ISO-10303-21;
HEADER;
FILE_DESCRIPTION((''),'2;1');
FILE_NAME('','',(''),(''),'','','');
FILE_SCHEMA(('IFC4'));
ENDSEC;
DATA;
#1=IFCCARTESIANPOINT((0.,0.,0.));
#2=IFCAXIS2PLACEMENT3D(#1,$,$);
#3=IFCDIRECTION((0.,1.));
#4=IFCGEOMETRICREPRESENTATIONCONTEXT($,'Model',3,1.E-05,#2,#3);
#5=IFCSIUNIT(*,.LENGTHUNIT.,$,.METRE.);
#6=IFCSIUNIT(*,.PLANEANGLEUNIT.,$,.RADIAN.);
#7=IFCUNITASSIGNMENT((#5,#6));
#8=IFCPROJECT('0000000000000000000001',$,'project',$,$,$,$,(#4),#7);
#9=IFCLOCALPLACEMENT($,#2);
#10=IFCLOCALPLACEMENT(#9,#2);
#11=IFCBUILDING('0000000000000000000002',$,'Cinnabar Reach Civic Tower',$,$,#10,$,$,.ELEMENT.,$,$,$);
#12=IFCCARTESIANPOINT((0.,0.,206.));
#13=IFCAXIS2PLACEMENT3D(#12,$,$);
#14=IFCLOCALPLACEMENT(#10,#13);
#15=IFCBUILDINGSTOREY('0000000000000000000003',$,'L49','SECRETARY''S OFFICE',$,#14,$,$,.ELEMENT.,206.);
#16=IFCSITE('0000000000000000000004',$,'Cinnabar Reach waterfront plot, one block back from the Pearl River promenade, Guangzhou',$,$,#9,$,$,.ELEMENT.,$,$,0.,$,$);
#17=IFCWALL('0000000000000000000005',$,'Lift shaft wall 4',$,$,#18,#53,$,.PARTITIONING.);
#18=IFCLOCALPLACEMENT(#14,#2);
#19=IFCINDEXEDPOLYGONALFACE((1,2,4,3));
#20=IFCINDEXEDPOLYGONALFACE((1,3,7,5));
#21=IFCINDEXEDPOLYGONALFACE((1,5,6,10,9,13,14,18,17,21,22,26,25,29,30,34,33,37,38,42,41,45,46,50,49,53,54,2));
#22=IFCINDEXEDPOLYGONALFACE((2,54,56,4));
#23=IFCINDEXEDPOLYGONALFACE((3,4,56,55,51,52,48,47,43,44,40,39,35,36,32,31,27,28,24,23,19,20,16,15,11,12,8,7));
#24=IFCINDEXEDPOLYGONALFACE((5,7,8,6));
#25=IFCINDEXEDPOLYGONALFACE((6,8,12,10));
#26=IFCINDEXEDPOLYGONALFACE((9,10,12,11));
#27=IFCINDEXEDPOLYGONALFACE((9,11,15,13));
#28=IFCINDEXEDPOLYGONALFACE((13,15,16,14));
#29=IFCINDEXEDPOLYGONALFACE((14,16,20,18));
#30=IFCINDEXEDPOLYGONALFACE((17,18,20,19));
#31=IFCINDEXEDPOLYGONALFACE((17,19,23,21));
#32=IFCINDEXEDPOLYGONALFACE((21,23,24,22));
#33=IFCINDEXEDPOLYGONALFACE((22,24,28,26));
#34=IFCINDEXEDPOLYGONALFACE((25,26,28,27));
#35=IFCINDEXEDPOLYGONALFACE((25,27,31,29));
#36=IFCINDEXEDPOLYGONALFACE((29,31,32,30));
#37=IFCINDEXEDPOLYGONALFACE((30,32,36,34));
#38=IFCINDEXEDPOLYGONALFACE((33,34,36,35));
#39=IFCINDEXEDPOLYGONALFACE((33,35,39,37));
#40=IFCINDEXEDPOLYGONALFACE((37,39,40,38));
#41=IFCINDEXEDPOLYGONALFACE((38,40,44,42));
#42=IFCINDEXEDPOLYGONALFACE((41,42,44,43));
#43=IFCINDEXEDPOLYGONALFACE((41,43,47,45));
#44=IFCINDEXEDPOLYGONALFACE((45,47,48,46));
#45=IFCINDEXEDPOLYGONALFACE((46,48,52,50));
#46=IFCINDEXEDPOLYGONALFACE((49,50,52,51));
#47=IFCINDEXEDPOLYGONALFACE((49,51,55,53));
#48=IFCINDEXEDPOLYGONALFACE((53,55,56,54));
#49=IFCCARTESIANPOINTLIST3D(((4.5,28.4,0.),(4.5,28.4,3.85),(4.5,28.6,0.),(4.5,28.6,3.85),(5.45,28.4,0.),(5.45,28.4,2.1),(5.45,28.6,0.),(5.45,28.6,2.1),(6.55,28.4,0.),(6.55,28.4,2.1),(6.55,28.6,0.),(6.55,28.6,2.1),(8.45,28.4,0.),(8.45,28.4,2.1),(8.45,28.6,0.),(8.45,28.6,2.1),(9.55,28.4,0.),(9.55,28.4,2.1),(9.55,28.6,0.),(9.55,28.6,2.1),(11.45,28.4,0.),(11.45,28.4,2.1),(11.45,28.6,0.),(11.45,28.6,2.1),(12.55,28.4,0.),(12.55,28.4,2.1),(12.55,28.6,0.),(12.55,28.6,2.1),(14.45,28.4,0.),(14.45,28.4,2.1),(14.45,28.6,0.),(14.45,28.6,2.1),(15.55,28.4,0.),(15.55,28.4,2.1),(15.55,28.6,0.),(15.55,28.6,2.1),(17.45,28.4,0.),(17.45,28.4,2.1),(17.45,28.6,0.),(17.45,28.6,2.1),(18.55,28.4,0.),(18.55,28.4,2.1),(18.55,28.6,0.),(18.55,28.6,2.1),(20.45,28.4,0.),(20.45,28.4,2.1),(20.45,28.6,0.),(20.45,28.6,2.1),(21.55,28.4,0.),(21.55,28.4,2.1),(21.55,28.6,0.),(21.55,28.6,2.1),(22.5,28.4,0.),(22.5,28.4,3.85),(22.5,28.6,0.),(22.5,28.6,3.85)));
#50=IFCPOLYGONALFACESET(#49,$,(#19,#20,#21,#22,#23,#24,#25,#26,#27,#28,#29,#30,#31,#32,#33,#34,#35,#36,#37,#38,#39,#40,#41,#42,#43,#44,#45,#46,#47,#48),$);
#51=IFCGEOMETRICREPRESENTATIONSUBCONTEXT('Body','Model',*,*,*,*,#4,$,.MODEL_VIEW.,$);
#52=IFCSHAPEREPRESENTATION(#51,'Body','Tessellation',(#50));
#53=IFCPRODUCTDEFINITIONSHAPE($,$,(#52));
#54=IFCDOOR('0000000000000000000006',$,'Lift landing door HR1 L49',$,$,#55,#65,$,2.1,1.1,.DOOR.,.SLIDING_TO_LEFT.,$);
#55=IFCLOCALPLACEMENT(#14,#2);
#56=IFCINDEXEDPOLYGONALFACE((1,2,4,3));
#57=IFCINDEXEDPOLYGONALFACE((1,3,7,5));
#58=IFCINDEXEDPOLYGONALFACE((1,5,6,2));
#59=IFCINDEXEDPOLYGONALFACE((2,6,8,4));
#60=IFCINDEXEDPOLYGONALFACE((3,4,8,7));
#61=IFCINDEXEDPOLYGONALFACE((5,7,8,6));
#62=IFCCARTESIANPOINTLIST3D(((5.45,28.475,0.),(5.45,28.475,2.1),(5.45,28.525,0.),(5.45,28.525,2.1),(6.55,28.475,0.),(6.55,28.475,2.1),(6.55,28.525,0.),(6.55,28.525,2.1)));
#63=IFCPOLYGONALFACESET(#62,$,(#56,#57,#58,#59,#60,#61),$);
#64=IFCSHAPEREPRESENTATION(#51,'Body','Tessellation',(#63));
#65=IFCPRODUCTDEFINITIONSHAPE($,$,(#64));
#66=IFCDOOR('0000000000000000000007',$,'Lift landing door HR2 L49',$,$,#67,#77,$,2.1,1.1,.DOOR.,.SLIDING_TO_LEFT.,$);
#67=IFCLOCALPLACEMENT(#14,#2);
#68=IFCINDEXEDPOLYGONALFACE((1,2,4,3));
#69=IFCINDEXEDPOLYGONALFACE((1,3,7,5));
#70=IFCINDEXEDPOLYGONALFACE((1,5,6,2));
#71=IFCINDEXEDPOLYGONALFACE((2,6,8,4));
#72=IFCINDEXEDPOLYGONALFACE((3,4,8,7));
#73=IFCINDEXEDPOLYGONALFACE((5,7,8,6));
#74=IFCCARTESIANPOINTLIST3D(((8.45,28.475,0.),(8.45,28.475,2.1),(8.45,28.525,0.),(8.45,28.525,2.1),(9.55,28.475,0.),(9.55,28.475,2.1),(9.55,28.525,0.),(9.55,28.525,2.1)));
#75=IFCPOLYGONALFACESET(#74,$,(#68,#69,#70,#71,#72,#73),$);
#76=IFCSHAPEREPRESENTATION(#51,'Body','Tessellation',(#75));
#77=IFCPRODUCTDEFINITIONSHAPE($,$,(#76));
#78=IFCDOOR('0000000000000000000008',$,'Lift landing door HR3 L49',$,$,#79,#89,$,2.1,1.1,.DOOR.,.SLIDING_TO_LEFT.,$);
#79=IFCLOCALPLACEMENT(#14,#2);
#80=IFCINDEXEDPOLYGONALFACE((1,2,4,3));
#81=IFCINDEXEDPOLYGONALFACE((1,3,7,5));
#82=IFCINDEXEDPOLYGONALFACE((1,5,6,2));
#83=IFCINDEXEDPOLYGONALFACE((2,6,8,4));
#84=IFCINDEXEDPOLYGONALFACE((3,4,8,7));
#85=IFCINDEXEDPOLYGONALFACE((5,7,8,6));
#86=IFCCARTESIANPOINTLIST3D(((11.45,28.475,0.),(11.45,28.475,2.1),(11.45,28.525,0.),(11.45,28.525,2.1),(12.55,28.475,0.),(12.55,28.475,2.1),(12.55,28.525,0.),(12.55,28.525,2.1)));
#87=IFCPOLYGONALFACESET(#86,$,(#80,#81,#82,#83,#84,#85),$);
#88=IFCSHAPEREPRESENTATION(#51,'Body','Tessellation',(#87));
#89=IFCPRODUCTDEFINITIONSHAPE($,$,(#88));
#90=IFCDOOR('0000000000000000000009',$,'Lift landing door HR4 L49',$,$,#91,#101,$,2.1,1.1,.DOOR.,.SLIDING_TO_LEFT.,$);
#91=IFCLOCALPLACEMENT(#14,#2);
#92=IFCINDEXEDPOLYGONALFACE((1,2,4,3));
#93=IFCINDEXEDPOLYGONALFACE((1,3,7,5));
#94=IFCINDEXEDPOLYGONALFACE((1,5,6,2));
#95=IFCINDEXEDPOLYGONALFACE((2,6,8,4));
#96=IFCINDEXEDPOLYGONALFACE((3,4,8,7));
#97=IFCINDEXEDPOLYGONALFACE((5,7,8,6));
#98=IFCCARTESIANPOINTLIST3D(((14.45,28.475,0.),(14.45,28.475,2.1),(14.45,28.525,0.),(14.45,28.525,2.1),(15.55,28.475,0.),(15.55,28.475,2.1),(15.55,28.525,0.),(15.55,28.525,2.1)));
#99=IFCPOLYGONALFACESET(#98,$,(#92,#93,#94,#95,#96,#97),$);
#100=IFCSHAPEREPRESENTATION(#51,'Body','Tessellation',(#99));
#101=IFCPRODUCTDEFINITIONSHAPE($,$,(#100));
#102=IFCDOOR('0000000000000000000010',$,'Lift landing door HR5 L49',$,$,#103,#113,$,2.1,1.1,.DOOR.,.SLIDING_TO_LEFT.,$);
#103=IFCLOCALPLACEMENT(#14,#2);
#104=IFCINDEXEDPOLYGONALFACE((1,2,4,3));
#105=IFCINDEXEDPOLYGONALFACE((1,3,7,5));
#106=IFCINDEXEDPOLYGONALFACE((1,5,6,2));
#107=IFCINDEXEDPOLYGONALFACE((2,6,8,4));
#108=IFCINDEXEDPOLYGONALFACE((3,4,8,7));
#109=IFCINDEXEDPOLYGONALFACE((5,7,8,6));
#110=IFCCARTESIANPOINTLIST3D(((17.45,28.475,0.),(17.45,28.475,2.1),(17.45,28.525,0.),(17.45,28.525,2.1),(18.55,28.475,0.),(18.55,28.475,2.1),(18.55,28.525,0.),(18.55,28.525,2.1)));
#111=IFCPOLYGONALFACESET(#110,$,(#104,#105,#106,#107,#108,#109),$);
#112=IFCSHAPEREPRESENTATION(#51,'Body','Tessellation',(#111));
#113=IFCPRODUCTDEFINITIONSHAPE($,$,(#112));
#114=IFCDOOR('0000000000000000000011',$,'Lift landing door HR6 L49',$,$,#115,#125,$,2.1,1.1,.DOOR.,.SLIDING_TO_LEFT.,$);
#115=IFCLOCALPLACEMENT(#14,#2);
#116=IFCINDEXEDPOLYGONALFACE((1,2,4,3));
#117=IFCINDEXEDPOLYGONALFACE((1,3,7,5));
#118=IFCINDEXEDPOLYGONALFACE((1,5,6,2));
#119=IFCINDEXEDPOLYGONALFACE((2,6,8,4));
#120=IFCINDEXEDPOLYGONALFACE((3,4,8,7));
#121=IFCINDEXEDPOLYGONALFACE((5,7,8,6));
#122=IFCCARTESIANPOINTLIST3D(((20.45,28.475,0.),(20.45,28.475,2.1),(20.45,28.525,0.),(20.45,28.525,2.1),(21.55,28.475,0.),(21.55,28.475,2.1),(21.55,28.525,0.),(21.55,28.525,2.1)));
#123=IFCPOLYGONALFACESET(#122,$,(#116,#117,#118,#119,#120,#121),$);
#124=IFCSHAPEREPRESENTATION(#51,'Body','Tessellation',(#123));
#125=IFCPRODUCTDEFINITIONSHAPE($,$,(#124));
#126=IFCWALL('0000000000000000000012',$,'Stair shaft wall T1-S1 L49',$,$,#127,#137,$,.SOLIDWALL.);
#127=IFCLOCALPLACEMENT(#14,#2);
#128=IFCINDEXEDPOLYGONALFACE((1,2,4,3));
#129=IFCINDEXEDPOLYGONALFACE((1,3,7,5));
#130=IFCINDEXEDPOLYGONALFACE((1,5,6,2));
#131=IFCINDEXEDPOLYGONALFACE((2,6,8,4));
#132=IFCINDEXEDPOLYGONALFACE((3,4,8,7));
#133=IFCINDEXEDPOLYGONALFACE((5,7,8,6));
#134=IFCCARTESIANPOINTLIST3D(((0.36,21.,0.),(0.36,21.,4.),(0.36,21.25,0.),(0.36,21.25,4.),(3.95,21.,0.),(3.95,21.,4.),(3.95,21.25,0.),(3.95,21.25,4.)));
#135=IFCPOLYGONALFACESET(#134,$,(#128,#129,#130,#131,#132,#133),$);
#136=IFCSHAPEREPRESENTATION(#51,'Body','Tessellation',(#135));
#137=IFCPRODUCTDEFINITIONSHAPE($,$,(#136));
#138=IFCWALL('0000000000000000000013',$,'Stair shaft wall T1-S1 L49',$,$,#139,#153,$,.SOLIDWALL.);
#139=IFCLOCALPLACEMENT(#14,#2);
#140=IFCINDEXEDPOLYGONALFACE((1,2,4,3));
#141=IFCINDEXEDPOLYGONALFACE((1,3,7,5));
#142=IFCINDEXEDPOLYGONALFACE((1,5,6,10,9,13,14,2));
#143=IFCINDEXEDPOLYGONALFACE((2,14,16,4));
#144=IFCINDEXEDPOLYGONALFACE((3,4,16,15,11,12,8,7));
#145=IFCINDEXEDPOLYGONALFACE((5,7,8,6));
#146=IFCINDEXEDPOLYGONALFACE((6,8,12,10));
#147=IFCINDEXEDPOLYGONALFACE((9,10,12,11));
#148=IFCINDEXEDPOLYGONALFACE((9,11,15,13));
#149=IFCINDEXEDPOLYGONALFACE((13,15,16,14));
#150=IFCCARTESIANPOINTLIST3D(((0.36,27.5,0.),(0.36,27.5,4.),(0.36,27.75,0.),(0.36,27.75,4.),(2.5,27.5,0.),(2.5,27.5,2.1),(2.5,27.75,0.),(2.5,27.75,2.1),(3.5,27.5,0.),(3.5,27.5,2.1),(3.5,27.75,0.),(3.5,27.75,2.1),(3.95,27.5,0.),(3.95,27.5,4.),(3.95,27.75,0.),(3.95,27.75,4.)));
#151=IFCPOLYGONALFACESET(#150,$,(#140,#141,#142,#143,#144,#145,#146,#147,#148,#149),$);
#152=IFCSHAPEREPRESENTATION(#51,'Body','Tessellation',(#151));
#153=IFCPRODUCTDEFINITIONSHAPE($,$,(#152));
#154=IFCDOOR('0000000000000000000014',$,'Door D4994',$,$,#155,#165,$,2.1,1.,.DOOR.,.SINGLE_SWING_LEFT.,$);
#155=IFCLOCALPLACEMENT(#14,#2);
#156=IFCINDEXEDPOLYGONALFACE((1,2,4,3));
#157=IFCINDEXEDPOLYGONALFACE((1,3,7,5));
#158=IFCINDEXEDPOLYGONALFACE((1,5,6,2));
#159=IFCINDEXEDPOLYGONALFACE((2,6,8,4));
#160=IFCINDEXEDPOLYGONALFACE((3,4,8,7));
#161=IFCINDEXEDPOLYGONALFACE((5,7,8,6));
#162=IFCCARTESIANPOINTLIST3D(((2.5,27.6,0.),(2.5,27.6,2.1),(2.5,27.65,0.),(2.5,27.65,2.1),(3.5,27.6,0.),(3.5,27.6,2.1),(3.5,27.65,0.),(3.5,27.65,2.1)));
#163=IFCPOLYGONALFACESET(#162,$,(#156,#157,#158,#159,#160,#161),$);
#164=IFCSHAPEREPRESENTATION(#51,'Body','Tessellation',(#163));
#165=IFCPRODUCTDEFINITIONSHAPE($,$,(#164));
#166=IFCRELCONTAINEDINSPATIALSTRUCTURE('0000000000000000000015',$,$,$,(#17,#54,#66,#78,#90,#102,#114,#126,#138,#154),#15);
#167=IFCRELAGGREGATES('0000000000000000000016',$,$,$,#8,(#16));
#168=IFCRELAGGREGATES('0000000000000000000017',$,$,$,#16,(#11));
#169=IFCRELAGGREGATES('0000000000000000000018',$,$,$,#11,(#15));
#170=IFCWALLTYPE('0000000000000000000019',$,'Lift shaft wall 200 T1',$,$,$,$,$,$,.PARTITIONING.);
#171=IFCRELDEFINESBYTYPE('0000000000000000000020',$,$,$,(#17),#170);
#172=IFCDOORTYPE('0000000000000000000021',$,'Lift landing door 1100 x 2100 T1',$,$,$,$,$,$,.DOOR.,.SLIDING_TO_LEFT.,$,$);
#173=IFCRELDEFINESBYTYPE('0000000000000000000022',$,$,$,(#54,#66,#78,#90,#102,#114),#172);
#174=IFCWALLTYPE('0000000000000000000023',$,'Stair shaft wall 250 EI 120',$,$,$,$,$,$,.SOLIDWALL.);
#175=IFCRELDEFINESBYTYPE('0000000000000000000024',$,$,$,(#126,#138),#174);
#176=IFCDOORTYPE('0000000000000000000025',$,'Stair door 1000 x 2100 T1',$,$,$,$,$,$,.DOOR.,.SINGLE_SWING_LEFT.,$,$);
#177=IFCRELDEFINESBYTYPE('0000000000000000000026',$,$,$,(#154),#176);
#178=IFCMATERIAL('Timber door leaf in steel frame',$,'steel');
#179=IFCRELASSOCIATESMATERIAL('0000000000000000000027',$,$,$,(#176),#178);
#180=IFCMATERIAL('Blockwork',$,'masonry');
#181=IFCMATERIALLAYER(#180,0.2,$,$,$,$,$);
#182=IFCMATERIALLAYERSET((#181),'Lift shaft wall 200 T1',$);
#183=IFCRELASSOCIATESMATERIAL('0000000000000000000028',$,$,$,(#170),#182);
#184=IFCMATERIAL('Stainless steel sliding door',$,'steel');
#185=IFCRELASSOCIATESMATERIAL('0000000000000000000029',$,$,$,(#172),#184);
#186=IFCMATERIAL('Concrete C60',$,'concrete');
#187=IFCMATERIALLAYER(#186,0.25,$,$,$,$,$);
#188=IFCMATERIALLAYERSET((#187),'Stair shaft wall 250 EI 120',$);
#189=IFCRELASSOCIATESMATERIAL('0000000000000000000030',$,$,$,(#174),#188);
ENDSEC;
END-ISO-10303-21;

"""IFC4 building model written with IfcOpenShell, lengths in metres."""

from ifc_helpers import new_model, si_unit, direction, frame, frame_2d, origin, place, context, subcontext, project, spatial, rectangle, extrude, material, layer, layer_set, type_object, element, fill, save


model = new_model("IFC4")

# Units and contexts
model_context = context("Model", 3, precision=1e-05, world=origin(), true_north=direction((0.0, 1.0)))
body_context = subcontext(model_context, "Body", "Model", "MODEL_VIEW")
ifc_project = project(units=[si_unit("LENGTHUNIT", "METRE"), si_unit("PLANEANGLEUNIT", "RADIAN")], contexts=[model_context])

# Site, building, storey
site_placement = place(None, origin())
site = spatial("IfcSite", under=ifc_project, at=site_placement, Name="Cinnabar Reach waterfront plot, one block back from the Pearl River promenade, Guangzhou", CompositionType="ELEMENT", RefElevation=0.0)
building_placement = place(site_placement, origin())
building = spatial("IfcBuilding", under=site, at=building_placement, Name="Cinnabar Reach Civic Tower", CompositionType="ELEMENT")
storey_placement = place(building_placement, frame((0.0, 0.0, 206.0)))
storey = spatial("IfcBuildingStorey", under=building, at=storey_placement, Name="L49", Description="SECRETARY'S OFFICE", CompositionType="ELEMENT", Elevation=206.0)

# Shared definitions
ifc_material_1 = material(Name="Concrete C60", Category="concrete")

# Shared definitions
ifc_material_2 = material(Name="Timber door leaf in steel frame", Category="steel")
door_type_1 = type_object("IfcDoorType", Name="Stair door 1000 x 2100 T1", OperationType="SINGLE_SWING_LEFT", PredefinedType="DOOR", material=ifc_material_2)

# Wall, openings, doors
ifc_material_3 = material(Name="Blockwork", Category="masonry")
ifc_layer_1 = layer(ifc_material_3, 0.2)
ifc_layer_set_1 = layer_set([ifc_layer_1], Name="Lift shaft wall 200 T1")
wall_type_1 = type_object("IfcWallType", Name="Lift shaft wall 200 T1", PredefinedType="PARTITIONING", material=ifc_layer_set_1)
wall_1_placement = place(storey_placement, frame((4.5, 28.5, 0.0), z_axis=(0.0, 0.0, 1.0), x_axis=(1.0, 0.0, 0.0)))
wall_1 = element("IfcWall", 1, at=wall_1_placement, inside=storey, type_object=wall_type_1, Name="Lift shaft wall 4", PredefinedType="PARTITIONING", context=body_context, shape_type="SweptSolid", body=[
    extrude(rectangle(XDim=18.0, YDim=0.2, at=frame_2d((9.0, 0.0))), origin(), (0.0, 0.0, 1.0), 3.85),
])
opening_1_placement = place(wall_1_placement, frame((0.95, 0.0, 0.0)))
opening_1 = element("IfcOpeningElement", 2, at=opening_1_placement, cuts=wall_1, PredefinedType="OPENING", context=body_context, shape_type="SweptSolid", body=[
    extrude(rectangle(XDim=1.1, YDim=2.1, at=frame_2d((0.55, 1.05))), frame((0.0, 0.11, 0.0), z_axis=(0.0, -1.0, 0.0), x_axis=(1.0, 0.0, 0.0)), (0.0, 0.0, 1.0), 0.22),
])
opening_2_placement = place(wall_1_placement, frame((3.95, 0.0, 0.0)))
opening_2 = element("IfcOpeningElement", 3, at=opening_2_placement, cuts=wall_1, PredefinedType="OPENING", context=body_context, shape_type="SweptSolid", body=[
    extrude(rectangle(XDim=1.1, YDim=2.1, at=frame_2d((0.55, 1.05))), frame((0.0, 0.11, 0.0), z_axis=(0.0, -1.0, 0.0), x_axis=(1.0, 0.0, 0.0)), (0.0, 0.0, 1.0), 0.22),
])
opening_3_placement = place(wall_1_placement, frame((6.95, 0.0, 0.0)))
opening_3 = element("IfcOpeningElement", 4, at=opening_3_placement, cuts=wall_1, PredefinedType="OPENING", context=body_context, shape_type="SweptSolid", body=[
    extrude(rectangle(XDim=1.1, YDim=2.1, at=frame_2d((0.55, 1.05))), frame((0.0, 0.11, 0.0), z_axis=(0.0, -1.0, 0.0), x_axis=(1.0, 0.0, 0.0)), (0.0, 0.0, 1.0), 0.22),
])
opening_4_placement = place(wall_1_placement, frame((9.95, 0.0, 0.0)))
opening_4 = element("IfcOpeningElement", 5, at=opening_4_placement, cuts=wall_1, PredefinedType="OPENING", context=body_context, shape_type="SweptSolid", body=[
    extrude(rectangle(XDim=1.1, YDim=2.1, at=frame_2d((0.55, 1.05))), frame((0.0, 0.11, 0.0), z_axis=(0.0, -1.0, 0.0), x_axis=(1.0, 0.0, 0.0)), (0.0, 0.0, 1.0), 0.22),
])
opening_5_placement = place(wall_1_placement, frame((12.95, 0.0, 0.0)))
opening_5 = element("IfcOpeningElement", 6, at=opening_5_placement, cuts=wall_1, PredefinedType="OPENING", context=body_context, shape_type="SweptSolid", body=[
    extrude(rectangle(XDim=1.1, YDim=2.1, at=frame_2d((0.55, 1.05))), frame((0.0, 0.11, 0.0), z_axis=(0.0, -1.0, 0.0), x_axis=(1.0, 0.0, 0.0)), (0.0, 0.0, 1.0), 0.22),
])
opening_6_placement = place(wall_1_placement, frame((15.95, 0.0, 0.0)))
opening_6 = element("IfcOpeningElement", 7, at=opening_6_placement, cuts=wall_1, PredefinedType="OPENING", context=body_context, shape_type="SweptSolid", body=[
    extrude(rectangle(XDim=1.1, YDim=2.1, at=frame_2d((0.55, 1.05))), frame((0.0, 0.11, 0.0), z_axis=(0.0, -1.0, 0.0), x_axis=(1.0, 0.0, 0.0)), (0.0, 0.0, 1.0), 0.22),
])
ifc_material_4 = material(Name="Stainless steel sliding door", Category="steel")
door_type_2 = type_object("IfcDoorType", Name="Lift landing door 1100 x 2100 T1", OperationType="SLIDING_TO_LEFT", PredefinedType="DOOR", material=ifc_material_4)
door_1_placement = place(opening_1_placement, origin())
door_1 = element("IfcDoor", 8, at=door_1_placement, inside=storey, type_object=door_type_2, Name="Lift landing door HR1 L49", OperationType="SLIDING_TO_LEFT", OverallHeight=2.1, OverallWidth=1.1, PredefinedType="DOOR", context=body_context, shape_type="SweptSolid", body=[
    extrude(rectangle(XDim=1.1, YDim=2.1, at=frame_2d((0.55, 1.05))), frame((0.0, 0.025, 0.0), z_axis=(0.0, -1.0, 0.0), x_axis=(1.0, 0.0, 0.0)), (0.0, 0.0, 1.0), 0.05),
])
fill(opening_1, door_1)
door_2_placement = place(opening_2_placement, origin())
door_2 = element("IfcDoor", 9, at=door_2_placement, inside=storey, type_object=door_type_2, Name="Lift landing door HR2 L49", OperationType="SLIDING_TO_LEFT", OverallHeight=2.1, OverallWidth=1.1, PredefinedType="DOOR", context=body_context, shape_type="SweptSolid", body=[
    extrude(rectangle(XDim=1.1, YDim=2.1, at=frame_2d((0.55, 1.05))), frame((0.0, 0.025, 0.0), z_axis=(0.0, -1.0, 0.0), x_axis=(1.0, 0.0, 0.0)), (0.0, 0.0, 1.0), 0.05),
])
fill(opening_2, door_2)
door_3_placement = place(opening_3_placement, origin())
door_3 = element("IfcDoor", 10, at=door_3_placement, inside=storey, type_object=door_type_2, Name="Lift landing door HR3 L49", OperationType="SLIDING_TO_LEFT", OverallHeight=2.1, OverallWidth=1.1, PredefinedType="DOOR", context=body_context, shape_type="SweptSolid", body=[
    extrude(rectangle(XDim=1.1, YDim=2.1, at=frame_2d((0.55, 1.05))), frame((0.0, 0.025, 0.0), z_axis=(0.0, -1.0, 0.0), x_axis=(1.0, 0.0, 0.0)), (0.0, 0.0, 1.0), 0.05),
])
fill(opening_3, door_3)
door_4_placement = place(opening_4_placement, origin())
door_4 = element("IfcDoor", 11, at=door_4_placement, inside=storey, type_object=door_type_2, Name="Lift landing door HR4 L49", OperationType="SLIDING_TO_LEFT", OverallHeight=2.1, OverallWidth=1.1, PredefinedType="DOOR", context=body_context, shape_type="SweptSolid", body=[
    extrude(rectangle(XDim=1.1, YDim=2.1, at=frame_2d((0.55, 1.05))), frame((0.0, 0.025, 0.0), z_axis=(0.0, -1.0, 0.0), x_axis=(1.0, 0.0, 0.0)), (0.0, 0.0, 1.0), 0.05),
])
fill(opening_4, door_4)
door_5_placement = place(opening_5_placement, origin())
door_5 = element("IfcDoor", 12, at=door_5_placement, inside=storey, type_object=door_type_2, Name="Lift landing door HR5 L49", OperationType="SLIDING_TO_LEFT", OverallHeight=2.1, OverallWidth=1.1, PredefinedType="DOOR", context=body_context, shape_type="SweptSolid", body=[
    extrude(rectangle(XDim=1.1, YDim=2.1, at=frame_2d((0.55, 1.05))), frame((0.0, 0.025, 0.0), z_axis=(0.0, -1.0, 0.0), x_axis=(1.0, 0.0, 0.0)), (0.0, 0.0, 1.0), 0.05),
])
fill(opening_5, door_5)
door_6_placement = place(opening_6_placement, origin())
door_6 = element("IfcDoor", 13, at=door_6_placement, inside=storey, type_object=door_type_2, Name="Lift landing door HR6 L49", OperationType="SLIDING_TO_LEFT", OverallHeight=2.1, OverallWidth=1.1, PredefinedType="DOOR", context=body_context, shape_type="SweptSolid", body=[
    extrude(rectangle(XDim=1.1, YDim=2.1, at=frame_2d((0.55, 1.05))), frame((0.0, 0.025, 0.0), z_axis=(0.0, -1.0, 0.0), x_axis=(1.0, 0.0, 0.0)), (0.0, 0.0, 1.0), 0.05),
])
fill(opening_6, door_6)

# Wall
ifc_layer_2 = layer(ifc_material_1, 0.25)
ifc_layer_set_2 = layer_set([ifc_layer_2], Name="Stair shaft wall 250 EI 120")
wall_type_2 = type_object("IfcWallType", Name="Stair shaft wall 250 EI 120", PredefinedType="SOLIDWALL", material=ifc_layer_set_2)
wall_2_placement = place(storey_placement, frame((0.36, 21.125, 0.0), z_axis=(0.0, 0.0, 1.0), x_axis=(1.0, 0.0, 0.0)))
element("IfcWall", 14, at=wall_2_placement, inside=storey, type_object=wall_type_2, Name="Stair shaft wall T1-S1 L49", PredefinedType="SOLIDWALL", context=body_context, shape_type="SweptSolid", body=[
    extrude(rectangle(XDim=3.59, YDim=0.25, at=frame_2d((1.795, 0.0))), origin(), (0.0, 0.0, 1.0), 4.0),
])

# Wall, opening, door
wall_3_placement = place(storey_placement, frame((3.95, 27.625, 0.0), z_axis=(0.0, 0.0, 1.0), x_axis=(-1.0, 0.0, 0.0)))
wall_3 = element("IfcWall", 15, at=wall_3_placement, inside=storey, type_object=wall_type_2, Name="Stair shaft wall T1-S1 L49", PredefinedType="SOLIDWALL", context=body_context, shape_type="SweptSolid", body=[
    extrude(rectangle(XDim=3.59, YDim=0.25, at=frame_2d((1.795, 0.0))), origin(), (0.0, 0.0, 1.0), 4.0),
])
opening_7_placement = place(wall_3_placement, frame((0.45, 0.0, 0.0)))
opening_7 = element("IfcOpeningElement", 16, at=opening_7_placement, cuts=wall_3, PredefinedType="OPENING", context=body_context, shape_type="SweptSolid", body=[
    extrude(rectangle(XDim=1.0, YDim=2.1, at=frame_2d((0.5, 1.05))), frame((0.0, 0.135, 0.0), z_axis=(0.0, -1.0, 0.0), x_axis=(1.0, 0.0, 0.0)), (0.0, 0.0, 1.0), 0.27),
])
door_7_placement = place(opening_7_placement, origin())
door_7 = element("IfcDoor", 17, at=door_7_placement, inside=storey, type_object=door_type_1, Name="Door D4994", OperationType="SINGLE_SWING_LEFT", OverallHeight=2.1, OverallWidth=1.0, PredefinedType="DOOR", context=body_context, shape_type="SweptSolid", body=[
    extrude(rectangle(XDim=1.0, YDim=2.1, at=frame_2d((0.5, 1.05))), frame((0.0, 0.025, 0.0), z_axis=(0.0, -1.0, 0.0), x_axis=(1.0, 0.0, 0.0)), (0.0, 0.0, 1.0), 0.05),
])
fill(opening_7, door_7)

save(model, "model.ifc")
